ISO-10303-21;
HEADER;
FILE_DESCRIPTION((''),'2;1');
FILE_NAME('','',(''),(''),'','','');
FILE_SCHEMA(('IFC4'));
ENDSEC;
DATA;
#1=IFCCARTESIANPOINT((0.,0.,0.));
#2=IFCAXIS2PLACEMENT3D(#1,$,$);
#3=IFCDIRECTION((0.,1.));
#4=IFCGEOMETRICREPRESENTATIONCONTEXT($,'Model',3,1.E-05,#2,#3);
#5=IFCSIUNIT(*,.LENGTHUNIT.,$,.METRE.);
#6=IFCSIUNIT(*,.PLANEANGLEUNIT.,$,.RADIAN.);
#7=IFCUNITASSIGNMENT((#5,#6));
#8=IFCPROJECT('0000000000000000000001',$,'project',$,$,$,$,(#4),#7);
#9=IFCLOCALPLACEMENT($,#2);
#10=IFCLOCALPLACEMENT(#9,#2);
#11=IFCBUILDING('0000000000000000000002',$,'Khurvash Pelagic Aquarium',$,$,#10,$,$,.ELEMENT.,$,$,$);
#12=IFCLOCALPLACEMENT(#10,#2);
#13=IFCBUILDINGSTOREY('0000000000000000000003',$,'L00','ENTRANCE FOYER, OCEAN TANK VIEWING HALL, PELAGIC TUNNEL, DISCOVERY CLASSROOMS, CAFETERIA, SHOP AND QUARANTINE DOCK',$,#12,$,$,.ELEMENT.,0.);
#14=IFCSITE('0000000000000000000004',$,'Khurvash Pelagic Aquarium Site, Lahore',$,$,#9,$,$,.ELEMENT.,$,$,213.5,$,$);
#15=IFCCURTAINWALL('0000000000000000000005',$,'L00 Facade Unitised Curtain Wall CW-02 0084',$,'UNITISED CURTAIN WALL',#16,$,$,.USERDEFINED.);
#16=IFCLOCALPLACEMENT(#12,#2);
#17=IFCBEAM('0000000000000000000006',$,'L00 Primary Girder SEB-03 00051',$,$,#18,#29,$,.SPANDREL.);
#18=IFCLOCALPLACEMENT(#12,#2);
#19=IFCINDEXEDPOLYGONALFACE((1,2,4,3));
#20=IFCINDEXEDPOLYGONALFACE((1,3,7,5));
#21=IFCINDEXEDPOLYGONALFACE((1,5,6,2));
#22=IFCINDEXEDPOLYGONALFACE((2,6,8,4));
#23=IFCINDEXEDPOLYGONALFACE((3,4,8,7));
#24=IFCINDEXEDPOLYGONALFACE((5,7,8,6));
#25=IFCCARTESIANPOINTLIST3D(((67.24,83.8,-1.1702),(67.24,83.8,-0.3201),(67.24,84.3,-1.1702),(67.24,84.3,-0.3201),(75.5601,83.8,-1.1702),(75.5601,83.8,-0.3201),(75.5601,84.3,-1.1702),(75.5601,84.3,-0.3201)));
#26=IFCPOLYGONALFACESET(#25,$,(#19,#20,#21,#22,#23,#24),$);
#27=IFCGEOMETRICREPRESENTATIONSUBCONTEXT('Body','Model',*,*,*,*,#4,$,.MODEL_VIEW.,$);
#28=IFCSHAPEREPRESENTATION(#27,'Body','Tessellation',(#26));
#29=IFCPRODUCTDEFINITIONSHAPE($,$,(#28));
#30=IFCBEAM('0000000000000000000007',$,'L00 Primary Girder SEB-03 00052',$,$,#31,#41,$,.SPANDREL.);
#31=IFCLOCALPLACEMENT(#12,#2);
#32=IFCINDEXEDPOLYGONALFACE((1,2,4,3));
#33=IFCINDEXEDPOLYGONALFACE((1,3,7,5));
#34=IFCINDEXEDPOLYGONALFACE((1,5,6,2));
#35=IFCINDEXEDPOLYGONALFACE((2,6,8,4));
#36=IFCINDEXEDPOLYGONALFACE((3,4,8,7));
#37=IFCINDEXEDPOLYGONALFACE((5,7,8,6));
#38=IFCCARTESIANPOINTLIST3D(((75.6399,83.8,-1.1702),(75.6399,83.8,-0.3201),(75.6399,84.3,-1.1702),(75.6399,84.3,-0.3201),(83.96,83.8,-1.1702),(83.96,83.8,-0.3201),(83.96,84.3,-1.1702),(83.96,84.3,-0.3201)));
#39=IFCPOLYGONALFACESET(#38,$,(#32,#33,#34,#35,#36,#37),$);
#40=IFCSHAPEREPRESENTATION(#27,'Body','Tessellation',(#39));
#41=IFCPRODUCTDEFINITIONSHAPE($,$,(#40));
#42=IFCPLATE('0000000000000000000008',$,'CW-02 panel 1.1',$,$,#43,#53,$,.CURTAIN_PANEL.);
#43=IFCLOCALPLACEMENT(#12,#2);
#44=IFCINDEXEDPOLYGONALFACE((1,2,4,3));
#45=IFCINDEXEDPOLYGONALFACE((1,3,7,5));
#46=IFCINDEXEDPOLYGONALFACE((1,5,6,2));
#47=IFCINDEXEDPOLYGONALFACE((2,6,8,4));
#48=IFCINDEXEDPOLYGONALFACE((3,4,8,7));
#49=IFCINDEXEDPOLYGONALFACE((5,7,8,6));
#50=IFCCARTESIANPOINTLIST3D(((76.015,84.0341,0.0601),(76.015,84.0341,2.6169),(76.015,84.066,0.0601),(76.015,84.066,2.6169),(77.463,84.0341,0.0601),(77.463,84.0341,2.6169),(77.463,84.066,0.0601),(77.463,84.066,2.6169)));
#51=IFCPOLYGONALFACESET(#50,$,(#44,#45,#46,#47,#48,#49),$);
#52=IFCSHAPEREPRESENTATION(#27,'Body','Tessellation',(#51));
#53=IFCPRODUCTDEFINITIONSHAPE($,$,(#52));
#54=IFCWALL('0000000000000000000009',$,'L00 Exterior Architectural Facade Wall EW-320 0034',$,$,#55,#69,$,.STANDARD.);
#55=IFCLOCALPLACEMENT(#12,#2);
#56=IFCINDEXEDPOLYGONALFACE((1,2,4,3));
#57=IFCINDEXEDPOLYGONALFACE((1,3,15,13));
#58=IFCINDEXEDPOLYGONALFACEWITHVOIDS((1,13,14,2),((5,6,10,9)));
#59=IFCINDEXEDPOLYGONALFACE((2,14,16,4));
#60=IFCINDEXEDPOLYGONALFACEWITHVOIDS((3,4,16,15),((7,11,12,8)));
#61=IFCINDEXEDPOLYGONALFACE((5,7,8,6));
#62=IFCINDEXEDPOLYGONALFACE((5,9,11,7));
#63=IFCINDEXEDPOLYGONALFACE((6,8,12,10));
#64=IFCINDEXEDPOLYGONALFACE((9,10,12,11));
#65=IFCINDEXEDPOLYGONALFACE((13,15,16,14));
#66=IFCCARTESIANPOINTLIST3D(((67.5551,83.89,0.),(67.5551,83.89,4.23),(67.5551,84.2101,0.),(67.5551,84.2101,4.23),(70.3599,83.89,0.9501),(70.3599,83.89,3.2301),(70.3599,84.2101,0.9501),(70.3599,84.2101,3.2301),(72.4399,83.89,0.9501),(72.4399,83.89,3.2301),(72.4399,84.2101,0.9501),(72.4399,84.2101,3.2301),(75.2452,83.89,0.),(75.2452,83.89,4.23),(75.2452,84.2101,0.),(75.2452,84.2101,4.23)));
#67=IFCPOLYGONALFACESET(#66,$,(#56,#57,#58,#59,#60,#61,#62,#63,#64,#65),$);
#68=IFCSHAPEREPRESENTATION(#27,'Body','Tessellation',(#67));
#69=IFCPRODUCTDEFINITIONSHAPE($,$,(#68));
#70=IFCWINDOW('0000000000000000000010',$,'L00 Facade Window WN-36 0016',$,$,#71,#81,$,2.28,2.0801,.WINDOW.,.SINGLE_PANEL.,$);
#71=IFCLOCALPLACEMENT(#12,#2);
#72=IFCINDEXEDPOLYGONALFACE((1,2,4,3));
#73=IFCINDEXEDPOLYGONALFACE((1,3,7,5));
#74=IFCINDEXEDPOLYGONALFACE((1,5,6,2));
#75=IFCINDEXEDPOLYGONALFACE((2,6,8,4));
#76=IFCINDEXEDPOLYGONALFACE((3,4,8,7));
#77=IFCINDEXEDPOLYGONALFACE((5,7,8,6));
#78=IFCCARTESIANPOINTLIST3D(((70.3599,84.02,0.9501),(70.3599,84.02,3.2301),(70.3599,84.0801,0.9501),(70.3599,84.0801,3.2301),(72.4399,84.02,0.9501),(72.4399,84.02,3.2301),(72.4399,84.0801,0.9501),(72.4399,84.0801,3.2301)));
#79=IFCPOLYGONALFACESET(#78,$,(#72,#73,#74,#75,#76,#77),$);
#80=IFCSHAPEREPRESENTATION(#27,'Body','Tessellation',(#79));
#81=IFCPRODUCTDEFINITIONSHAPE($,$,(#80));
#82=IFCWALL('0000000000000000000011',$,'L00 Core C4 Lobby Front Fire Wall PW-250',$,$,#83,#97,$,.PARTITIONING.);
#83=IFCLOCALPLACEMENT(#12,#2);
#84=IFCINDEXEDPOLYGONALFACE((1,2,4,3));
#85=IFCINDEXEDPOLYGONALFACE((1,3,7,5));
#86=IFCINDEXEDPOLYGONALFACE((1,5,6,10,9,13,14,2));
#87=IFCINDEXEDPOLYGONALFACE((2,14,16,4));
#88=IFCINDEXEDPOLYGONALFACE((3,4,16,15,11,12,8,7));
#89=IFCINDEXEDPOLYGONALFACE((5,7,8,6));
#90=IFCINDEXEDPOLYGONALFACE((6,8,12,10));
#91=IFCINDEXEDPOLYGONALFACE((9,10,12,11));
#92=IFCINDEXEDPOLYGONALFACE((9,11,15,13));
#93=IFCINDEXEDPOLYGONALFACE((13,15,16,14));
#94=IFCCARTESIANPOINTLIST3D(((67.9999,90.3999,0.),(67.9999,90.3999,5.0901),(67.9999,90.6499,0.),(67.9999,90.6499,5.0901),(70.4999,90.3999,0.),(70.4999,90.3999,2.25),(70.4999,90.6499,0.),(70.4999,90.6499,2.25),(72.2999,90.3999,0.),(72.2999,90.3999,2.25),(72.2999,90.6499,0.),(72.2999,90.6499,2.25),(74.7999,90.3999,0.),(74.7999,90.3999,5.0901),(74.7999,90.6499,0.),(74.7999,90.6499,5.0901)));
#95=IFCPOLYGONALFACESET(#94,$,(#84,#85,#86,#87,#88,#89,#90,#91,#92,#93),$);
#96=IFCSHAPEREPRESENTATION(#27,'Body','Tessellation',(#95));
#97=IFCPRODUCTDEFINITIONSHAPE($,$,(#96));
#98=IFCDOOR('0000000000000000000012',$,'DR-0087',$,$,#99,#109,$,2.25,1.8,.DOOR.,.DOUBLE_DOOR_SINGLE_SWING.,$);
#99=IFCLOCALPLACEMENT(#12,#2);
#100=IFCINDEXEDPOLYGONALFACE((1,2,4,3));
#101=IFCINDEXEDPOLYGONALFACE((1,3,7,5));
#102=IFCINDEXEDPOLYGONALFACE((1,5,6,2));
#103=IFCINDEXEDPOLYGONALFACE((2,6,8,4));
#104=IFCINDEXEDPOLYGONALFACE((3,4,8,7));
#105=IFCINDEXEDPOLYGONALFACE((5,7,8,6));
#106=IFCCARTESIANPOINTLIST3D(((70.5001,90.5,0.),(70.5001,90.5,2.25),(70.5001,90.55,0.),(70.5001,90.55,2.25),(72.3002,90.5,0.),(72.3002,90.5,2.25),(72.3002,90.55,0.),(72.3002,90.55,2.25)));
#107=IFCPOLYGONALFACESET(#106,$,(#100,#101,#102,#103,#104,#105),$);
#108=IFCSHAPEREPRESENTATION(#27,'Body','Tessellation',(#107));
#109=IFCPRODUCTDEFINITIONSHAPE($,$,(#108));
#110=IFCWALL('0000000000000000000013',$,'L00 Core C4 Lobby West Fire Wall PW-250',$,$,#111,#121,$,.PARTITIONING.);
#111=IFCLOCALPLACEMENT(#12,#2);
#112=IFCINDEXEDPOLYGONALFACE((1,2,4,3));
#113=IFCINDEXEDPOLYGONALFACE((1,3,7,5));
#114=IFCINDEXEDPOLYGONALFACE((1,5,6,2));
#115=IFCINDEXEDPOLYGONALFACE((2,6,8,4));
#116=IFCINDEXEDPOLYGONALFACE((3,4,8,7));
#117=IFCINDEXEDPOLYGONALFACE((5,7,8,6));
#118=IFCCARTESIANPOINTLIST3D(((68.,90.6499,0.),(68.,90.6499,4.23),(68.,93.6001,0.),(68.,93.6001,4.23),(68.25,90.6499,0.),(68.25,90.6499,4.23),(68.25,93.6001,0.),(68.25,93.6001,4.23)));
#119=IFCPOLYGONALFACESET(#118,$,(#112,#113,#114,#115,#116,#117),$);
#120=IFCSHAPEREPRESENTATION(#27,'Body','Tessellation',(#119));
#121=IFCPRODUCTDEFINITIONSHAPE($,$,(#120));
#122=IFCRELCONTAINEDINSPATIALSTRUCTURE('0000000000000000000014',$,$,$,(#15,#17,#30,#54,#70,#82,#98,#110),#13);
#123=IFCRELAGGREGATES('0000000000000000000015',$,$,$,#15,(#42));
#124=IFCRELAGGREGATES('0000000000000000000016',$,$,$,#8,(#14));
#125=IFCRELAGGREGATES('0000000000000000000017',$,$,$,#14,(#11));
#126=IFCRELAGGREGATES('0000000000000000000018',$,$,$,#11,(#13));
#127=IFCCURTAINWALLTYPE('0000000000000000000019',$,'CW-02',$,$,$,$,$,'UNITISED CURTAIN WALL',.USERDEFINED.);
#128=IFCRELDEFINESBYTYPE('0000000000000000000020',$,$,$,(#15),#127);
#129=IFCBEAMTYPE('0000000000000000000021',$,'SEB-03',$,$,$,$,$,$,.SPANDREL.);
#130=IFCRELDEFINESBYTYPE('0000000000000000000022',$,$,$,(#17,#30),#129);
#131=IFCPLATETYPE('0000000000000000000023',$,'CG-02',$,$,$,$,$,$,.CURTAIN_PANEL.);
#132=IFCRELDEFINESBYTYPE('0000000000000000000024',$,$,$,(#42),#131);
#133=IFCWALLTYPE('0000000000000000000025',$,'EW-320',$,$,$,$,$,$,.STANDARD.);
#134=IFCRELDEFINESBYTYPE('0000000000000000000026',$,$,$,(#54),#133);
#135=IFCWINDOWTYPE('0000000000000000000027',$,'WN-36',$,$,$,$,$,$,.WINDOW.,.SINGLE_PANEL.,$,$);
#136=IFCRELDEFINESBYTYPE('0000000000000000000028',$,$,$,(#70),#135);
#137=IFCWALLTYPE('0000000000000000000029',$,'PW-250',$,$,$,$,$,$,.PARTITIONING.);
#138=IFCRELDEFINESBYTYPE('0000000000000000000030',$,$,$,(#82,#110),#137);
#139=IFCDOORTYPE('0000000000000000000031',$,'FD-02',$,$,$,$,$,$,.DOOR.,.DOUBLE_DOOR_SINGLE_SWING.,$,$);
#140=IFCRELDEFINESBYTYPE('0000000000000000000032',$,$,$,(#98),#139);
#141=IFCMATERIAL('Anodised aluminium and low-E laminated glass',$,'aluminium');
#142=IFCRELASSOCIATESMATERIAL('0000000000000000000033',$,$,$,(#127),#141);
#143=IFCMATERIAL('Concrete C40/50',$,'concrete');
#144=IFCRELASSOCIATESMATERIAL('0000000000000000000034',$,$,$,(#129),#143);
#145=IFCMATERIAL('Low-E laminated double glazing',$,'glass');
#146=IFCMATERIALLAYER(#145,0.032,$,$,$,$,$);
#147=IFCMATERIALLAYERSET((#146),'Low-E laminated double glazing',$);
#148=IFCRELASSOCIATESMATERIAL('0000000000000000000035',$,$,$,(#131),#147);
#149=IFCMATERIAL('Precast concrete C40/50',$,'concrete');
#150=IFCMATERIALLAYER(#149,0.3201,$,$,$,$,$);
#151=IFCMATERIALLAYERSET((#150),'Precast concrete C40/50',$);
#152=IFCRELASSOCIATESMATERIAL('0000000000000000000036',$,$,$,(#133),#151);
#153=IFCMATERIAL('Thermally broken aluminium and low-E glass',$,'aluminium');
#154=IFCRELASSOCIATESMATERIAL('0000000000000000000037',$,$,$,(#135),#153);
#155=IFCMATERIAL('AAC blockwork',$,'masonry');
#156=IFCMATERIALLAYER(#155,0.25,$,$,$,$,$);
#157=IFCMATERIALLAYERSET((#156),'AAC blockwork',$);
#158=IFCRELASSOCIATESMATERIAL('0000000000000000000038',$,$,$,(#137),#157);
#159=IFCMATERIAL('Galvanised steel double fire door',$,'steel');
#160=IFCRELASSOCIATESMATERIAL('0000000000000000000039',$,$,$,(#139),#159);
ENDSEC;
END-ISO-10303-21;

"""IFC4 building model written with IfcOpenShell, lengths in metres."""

from ifc_helpers import new_model, si_unit, direction, frame, frame_2d, origin, origin_2d, place, context, subcontext, project, spatial, rectangle, extrude, material, layer, layer_set, material_profile, profile_set, type_object, element, fill, aggregate, save


model = new_model("IFC4")

# Units and contexts
model_context = context("Model", 3, precision=1e-05, world=origin(), true_north=direction((0.0, 1.0)))
body_context = subcontext(model_context, "Body", "Model", "MODEL_VIEW")
ifc_project = project(units=[si_unit("LENGTHUNIT", "METRE"), si_unit("PLANEANGLEUNIT", "RADIAN")], contexts=[model_context])

# Site, building, storey
site_placement = place(None, origin())
site = spatial("IfcSite", under=ifc_project, at=site_placement, Name="Khurvash Pelagic Aquarium Site, Lahore", CompositionType="ELEMENT", RefElevation=213.5)
building_placement = place(site_placement, origin())
building = spatial("IfcBuilding", under=site, at=building_placement, Name="Khurvash Pelagic Aquarium", CompositionType="ELEMENT")
storey_placement = place(building_placement, origin())
storey = spatial("IfcBuildingStorey", under=building, at=storey_placement, Name="L00", Description="ENTRANCE FOYER, OCEAN TANK VIEWING HALL, PELAGIC TUNNEL, DISCOVERY CLASSROOMS, CAFETERIA, SHOP AND QUARANTINE DOCK", CompositionType="ELEMENT", Elevation=0.0)

# Shared definitions
ifc_material_1 = material(Name="Concrete C40/50", Category="concrete")

# Shared definitions
ifc_material_2 = material(Name="Anodised aluminium and low-E laminated glass", Category="aluminium")
curtain_wall_type = type_object("IfcCurtainWallType", Name="CW-02", ElementType="UNITISED CURTAIN WALL", PredefinedType="USERDEFINED", material=ifc_material_2)

# Curtain wall
curtain_wall_1_placement = place(storey_placement, origin())
curtain_wall_1 = element("IfcCurtainWall", 1, at=curtain_wall_1_placement, inside=storey, type_object=curtain_wall_type, Name="L00 Facade Unitised Curtain Wall CW-02 0084", ObjectType="UNITISED CURTAIN WALL", PredefinedType="USERDEFINED")

# Beams
ifc_material_profile_1 = material_profile(ifc_material_1, rectangle(XDim=0.5, YDim=0.8501, at=origin_2d()), Name="RC500X850")
ifc_profile_set_1 = profile_set([ifc_material_profile_1], Name="Concrete C40/50")
beam_type_1 = type_object("IfcBeamType", Name="SEB-03", PredefinedType="SPANDREL", material=ifc_profile_set_1)
for number, where, z_axis, x_axis, name in (
    (2, (67.24, 84.05, -0.7451), (1.0, 0.0, 0.0), (0.0, 1.0, 0.0), "L00 Primary Girder SEB-03 00051"),
    (3, (75.6399, 84.05, -0.7451), (1.0, 0.0, 0.0), (0.0, 1.0, 0.0), "L00 Primary Girder SEB-03 00052"),
):
    element("IfcBeam", number, at=place(storey_placement, frame(where, z_axis=z_axis, x_axis=x_axis)), inside=storey, type_object=beam_type_1, Name=name, PredefinedType="SPANDREL", context=body_context, shape_type="SweptSolid", body=[
        extrude(rectangle(XDim=0.5, YDim=0.8501, at=origin_2d()), origin(), (0.0, 0.0, 1.0), 8.3201),
    ])

# Plate
ifc_material_3 = material(Name="Low-E laminated double glazing", Category="glass")
ifc_layer_1 = layer(ifc_material_3, 0.032)
ifc_layer_set_1 = layer_set([ifc_layer_1], Name="Low-E laminated double glazing")
plate_type = type_object("IfcPlateType", Name="CG-02", PredefinedType="CURTAIN_PANEL", material=ifc_layer_set_1)
plate_placement = place(storey_placement, frame((76.739, 84.05, 0.0601), z_axis=(0.0, 0.0, 1.0), x_axis=(1.0, 0.0, 0.0)))
plate = element("IfcPlate", 4, at=plate_placement, type_object=plate_type, Name="CW-02 panel 1.1", PredefinedType="CURTAIN_PANEL", context=body_context, shape_type="SweptSolid", body=[
    extrude(rectangle(XDim=1.448, YDim=0.032, at=origin_2d()), origin(), (0.0, 0.0, 1.0), 2.5569),
])
aggregate(curtain_wall_1, [plate])

# Wall, opening, window
ifc_material_4 = material(Name="Precast concrete C40/50", Category="concrete")
ifc_layer_2 = layer(ifc_material_4, 0.3201)
ifc_layer_set_2 = layer_set([ifc_layer_2], Name="Precast concrete C40/50")
wall_type_1 = type_object("IfcWallType", Name="EW-320", PredefinedType="STANDARD", material=ifc_layer_set_2)
wall_1_placement = place(storey_placement, frame((67.5549, 84.05, 0.0), z_axis=(0.0, 0.0, 1.0), x_axis=(1.0, 0.0, 0.0)))
wall_1 = element("IfcWall", 5, at=wall_1_placement, inside=storey, type_object=wall_type_1, Name="L00 Exterior Architectural Facade Wall EW-320 0034", PredefinedType="STANDARD", context=body_context, shape_type="SweptSolid", body=[
    extrude(rectangle(XDim=7.6902, YDim=0.3201, at=frame_2d((3.8452, 0.0))), origin(), (0.0, 0.0, 1.0), 4.23),
])
opening_1_placement = place(wall_1_placement, frame((2.8049, 0.0, 0.95)))
opening_1 = element("IfcOpeningElement", 6, at=opening_1_placement, cuts=wall_1, PredefinedType="OPENING", context=body_context, shape_type="SweptSolid", body=[
    extrude(rectangle(XDim=2.0801, YDim=2.28, at=frame_2d((1.04, 1.1401))), frame((0.0, 0.1699, 0.0), z_axis=(0.0, -1.0, 0.0), x_axis=(1.0, 0.0, 0.0)), (0.0, 0.0, 1.0), 0.3401),
])
ifc_material_5 = material(Name="Thermally broken aluminium and low-E glass", Category="aluminium")
window_type = type_object("IfcWindowType", Name="WN-36", PartitioningType="SINGLE_PANEL", PredefinedType="WINDOW", material=ifc_material_5)
window_placement = place(opening_1_placement, origin())
window = element("IfcWindow", 7, at=window_placement, inside=storey, type_object=window_type, Name="L00 Facade Window WN-36 0016", OverallHeight=2.28, OverallWidth=2.0801, PartitioningType="SINGLE_PANEL", PredefinedType="WINDOW", context=body_context, shape_type="SweptSolid", body=[
    extrude(rectangle(XDim=2.0801, YDim=2.28, at=frame_2d((1.04, 1.1401))), frame((0.0, 0.03, 0.0), z_axis=(0.0, -1.0, 0.0), x_axis=(1.0, 0.0, 0.0)), (0.0, 0.0, 1.0), 0.0601),
])
fill(opening_1, window)

# Wall, opening, door
ifc_material_6 = material(Name="AAC blockwork", Category="masonry")
ifc_layer_3 = layer(ifc_material_6, 0.25)
ifc_layer_set_3 = layer_set([ifc_layer_3], Name="AAC blockwork")
wall_type_2 = type_object("IfcWallType", Name="PW-250", PredefinedType="PARTITIONING", material=ifc_layer_set_3)
wall_2_placement = place(storey_placement, frame((68.0, 90.5249, 0.0), z_axis=(0.0, 0.0, 1.0), x_axis=(1.0, 0.0, 0.0)))
wall_2 = element("IfcWall", 8, at=wall_2_placement, inside=storey, type_object=wall_type_2, Name="L00 Core C4 Lobby Front Fire Wall PW-250", PredefinedType="PARTITIONING", context=body_context, shape_type="SweptSolid", body=[
    extrude(rectangle(XDim=6.8, YDim=0.25, at=frame_2d((3.3999, 0.0))), origin(), (0.0, 0.0, 1.0), 5.0901),
])
opening_2_placement = place(wall_2_placement, frame((2.5, 0.0, 0.0)))
opening_2 = element("IfcOpeningElement", 9, at=opening_2_placement, cuts=wall_2, PredefinedType="OPENING", context=body_context, shape_type="SweptSolid", body=[
    extrude(rectangle(XDim=1.8, YDim=2.25, at=frame_2d((0.8999, 1.125))), frame((0.0, 0.135, 0.0), z_axis=(0.0, -1.0, 0.0), x_axis=(1.0, 0.0, 0.0)), (0.0, 0.0, 1.0), 0.27),
])
ifc_material_7 = material(Name="Galvanised steel double fire door", Category="steel")
door_type = type_object("IfcDoorType", Name="FD-02", OperationType="DOUBLE_DOOR_SINGLE_SWING", PredefinedType="DOOR", material=ifc_material_7)
door_placement = place(opening_2_placement, frame((1.8, 0.0, 0.0), z_axis=(0.0, 0.0, 1.0), x_axis=(-1.0, 0.0, 0.0)))
door = element("IfcDoor", 10, at=door_placement, inside=storey, type_object=door_type, Name="DR-0087", OperationType="DOUBLE_DOOR_SINGLE_SWING", OverallHeight=2.25, OverallWidth=1.8, PredefinedType="DOOR", context=body_context, shape_type="SweptSolid", body=[
    extrude(rectangle(XDim=1.8, YDim=2.25, at=frame_2d((0.8999, 1.125))), frame((0.0, 0.0249, 0.0), z_axis=(0.0, -1.0, 0.0), x_axis=(1.0, 0.0, 0.0)), (0.0, 0.0, 1.0), 0.05),
])
fill(opening_2, door)

# Wall
wall_3_placement = place(storey_placement, frame((68.125, 90.6499, 0.0), z_axis=(0.0, 0.0, 1.0), x_axis=(0.0, 1.0, 0.0)))
element("IfcWall", 11, at=wall_3_placement, inside=storey, type_object=wall_type_2, Name="L00 Core C4 Lobby West Fire Wall PW-250", PredefinedType="PARTITIONING", context=body_context, shape_type="SweptSolid", body=[
    extrude(rectangle(XDim=2.9502, YDim=0.25, at=frame_2d((1.4751, 0.0))), origin(), (0.0, 0.0, 1.0), 4.23),
])

save(model, "model.ifc")
